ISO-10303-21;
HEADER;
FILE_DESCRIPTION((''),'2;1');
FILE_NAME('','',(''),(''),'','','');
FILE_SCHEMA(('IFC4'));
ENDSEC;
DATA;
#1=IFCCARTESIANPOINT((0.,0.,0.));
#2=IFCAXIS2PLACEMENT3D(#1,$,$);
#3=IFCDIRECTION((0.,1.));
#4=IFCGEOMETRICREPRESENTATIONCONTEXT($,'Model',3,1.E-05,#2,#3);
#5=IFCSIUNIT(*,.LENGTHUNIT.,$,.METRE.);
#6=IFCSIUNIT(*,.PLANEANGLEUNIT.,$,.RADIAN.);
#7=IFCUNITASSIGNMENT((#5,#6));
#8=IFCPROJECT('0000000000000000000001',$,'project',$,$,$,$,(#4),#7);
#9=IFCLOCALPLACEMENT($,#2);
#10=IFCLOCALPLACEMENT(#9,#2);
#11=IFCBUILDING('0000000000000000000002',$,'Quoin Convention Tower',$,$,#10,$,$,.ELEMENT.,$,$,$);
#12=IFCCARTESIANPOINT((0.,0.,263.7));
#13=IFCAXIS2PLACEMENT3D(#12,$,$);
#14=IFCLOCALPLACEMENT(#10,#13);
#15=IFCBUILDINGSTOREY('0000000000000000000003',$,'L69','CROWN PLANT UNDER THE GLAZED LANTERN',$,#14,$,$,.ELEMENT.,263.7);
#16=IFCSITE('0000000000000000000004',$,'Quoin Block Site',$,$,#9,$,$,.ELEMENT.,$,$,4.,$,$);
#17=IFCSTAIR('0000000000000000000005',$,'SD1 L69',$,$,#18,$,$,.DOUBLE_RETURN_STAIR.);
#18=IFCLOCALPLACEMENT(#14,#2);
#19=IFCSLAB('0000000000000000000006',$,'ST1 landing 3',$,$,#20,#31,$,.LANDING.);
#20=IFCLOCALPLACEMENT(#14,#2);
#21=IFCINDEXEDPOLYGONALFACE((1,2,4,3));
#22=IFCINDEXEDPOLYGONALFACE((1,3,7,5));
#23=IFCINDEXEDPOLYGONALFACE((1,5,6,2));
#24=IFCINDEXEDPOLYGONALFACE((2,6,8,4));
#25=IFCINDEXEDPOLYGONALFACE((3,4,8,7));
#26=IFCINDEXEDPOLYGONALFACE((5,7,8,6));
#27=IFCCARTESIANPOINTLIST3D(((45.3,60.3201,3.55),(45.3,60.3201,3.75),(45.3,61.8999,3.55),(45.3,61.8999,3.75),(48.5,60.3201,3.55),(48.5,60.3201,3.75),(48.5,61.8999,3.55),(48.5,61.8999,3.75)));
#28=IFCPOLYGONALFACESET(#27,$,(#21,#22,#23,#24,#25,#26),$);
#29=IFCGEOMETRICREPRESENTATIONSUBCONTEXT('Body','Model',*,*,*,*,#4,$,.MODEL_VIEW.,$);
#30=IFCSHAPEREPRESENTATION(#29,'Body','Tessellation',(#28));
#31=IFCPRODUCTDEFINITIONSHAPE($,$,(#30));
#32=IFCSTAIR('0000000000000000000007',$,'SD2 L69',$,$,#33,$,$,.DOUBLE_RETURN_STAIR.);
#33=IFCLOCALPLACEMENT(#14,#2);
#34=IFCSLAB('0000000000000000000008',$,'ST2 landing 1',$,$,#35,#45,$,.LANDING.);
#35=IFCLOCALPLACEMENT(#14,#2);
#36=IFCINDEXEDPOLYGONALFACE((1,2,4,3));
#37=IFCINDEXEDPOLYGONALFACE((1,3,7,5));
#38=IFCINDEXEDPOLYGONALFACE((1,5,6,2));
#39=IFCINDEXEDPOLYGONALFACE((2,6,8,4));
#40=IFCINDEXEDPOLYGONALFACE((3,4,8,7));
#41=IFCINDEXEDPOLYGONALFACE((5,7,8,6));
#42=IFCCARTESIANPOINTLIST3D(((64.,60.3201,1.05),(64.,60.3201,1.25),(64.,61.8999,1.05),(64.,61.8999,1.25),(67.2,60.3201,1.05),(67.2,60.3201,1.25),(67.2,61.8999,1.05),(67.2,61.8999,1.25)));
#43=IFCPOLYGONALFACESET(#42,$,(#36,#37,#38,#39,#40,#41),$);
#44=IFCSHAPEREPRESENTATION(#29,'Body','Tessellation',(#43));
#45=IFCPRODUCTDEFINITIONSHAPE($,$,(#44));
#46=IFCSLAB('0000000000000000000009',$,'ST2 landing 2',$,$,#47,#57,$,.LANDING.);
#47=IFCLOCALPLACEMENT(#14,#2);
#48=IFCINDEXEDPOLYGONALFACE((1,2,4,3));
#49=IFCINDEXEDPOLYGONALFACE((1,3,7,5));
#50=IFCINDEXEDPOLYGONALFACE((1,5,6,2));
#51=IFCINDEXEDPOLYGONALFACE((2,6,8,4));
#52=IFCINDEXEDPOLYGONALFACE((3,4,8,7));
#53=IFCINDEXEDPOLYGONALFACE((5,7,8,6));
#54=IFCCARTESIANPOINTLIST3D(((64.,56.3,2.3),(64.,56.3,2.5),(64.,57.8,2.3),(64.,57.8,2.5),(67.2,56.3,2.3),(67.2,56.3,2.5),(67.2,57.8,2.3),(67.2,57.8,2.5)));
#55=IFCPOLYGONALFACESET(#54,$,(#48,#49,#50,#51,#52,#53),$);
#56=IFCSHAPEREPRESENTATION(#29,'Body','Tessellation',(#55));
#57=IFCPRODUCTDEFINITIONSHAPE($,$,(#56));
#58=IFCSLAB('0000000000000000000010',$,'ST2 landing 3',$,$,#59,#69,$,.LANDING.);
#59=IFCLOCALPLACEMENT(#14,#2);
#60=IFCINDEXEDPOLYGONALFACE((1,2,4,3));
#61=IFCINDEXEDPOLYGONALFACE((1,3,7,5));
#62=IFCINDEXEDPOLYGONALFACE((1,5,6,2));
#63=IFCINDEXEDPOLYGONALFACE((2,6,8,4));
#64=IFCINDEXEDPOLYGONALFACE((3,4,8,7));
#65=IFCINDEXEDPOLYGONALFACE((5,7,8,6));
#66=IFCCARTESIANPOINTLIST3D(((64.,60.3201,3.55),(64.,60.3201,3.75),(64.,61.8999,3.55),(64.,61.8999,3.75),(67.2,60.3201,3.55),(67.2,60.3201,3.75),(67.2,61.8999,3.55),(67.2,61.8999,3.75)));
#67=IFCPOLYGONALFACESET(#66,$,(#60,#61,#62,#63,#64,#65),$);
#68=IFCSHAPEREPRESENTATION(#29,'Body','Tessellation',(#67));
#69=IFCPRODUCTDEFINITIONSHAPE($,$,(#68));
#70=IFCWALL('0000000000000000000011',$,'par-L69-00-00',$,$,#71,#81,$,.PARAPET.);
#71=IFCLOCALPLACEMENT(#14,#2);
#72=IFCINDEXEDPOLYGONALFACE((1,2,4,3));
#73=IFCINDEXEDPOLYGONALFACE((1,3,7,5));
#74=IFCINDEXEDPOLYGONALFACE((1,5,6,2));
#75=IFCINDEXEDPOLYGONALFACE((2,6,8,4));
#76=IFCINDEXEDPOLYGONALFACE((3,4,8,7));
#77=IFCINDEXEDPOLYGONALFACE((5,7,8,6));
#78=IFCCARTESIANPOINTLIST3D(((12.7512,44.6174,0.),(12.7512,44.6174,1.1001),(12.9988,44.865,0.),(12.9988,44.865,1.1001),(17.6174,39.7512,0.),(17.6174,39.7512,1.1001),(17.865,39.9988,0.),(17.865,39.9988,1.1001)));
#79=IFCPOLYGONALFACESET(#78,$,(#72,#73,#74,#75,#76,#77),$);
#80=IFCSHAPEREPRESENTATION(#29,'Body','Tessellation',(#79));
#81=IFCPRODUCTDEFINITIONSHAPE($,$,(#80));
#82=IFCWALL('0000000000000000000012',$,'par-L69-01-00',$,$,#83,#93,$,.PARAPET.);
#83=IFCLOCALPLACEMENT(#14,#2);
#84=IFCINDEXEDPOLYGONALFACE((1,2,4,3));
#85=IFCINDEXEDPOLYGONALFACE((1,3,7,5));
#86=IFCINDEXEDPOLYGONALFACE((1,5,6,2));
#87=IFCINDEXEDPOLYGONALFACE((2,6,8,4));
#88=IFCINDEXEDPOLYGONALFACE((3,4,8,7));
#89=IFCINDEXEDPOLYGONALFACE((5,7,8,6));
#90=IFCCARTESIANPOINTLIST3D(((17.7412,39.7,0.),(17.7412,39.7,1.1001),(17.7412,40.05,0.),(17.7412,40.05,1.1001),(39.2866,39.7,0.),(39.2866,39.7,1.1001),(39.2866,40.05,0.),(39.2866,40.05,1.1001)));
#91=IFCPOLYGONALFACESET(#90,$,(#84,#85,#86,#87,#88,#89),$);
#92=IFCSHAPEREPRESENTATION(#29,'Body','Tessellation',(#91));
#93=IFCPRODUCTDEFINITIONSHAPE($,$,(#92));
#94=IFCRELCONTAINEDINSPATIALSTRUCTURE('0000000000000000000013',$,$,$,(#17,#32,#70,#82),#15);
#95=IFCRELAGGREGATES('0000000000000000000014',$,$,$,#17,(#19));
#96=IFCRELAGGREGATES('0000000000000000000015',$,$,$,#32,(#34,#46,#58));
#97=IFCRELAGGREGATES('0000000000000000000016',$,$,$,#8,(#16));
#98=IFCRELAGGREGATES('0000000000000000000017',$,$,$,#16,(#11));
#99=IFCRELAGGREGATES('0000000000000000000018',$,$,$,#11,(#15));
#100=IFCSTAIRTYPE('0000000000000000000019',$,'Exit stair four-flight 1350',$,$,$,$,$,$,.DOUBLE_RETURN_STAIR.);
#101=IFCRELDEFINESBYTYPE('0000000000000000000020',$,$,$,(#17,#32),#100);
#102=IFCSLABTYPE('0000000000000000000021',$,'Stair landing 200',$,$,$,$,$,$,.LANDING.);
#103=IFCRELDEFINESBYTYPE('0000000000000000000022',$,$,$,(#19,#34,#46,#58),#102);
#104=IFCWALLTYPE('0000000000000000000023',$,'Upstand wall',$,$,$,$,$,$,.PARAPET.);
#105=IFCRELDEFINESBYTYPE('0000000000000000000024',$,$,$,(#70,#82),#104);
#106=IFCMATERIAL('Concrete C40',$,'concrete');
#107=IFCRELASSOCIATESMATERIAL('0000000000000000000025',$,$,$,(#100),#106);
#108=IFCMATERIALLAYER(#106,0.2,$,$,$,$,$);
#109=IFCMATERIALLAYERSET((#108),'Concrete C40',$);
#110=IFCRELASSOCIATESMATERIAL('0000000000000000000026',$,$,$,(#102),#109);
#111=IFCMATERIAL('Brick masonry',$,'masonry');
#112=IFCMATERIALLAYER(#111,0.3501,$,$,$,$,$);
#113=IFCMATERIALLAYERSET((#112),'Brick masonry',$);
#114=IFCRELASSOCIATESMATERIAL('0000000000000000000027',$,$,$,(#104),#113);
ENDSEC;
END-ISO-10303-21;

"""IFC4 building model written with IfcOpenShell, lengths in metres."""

from ifc_helpers import new_model, si_unit, direction, frame, frame_2d, origin, place, context, subcontext, project, spatial, polyline, rectangle, outline, extrude, material, layer, layer_set, type_object, element, aggregate, save


model = new_model("IFC4")

# Units and contexts
model_context = context("Model", 3, precision=1e-05, world=origin(), true_north=direction((0.0, 1.0)))
body_context = subcontext(model_context, "Body", "Model", "MODEL_VIEW")
ifc_project = project(units=[si_unit("LENGTHUNIT", "METRE"), si_unit("PLANEANGLEUNIT", "RADIAN")], contexts=[model_context])

# Site, building, storey
site_placement = place(None, origin())
site = spatial("IfcSite", under=ifc_project, at=site_placement, Name="Quoin Block Site", CompositionType="ELEMENT", RefElevation=4.0)
building_placement = place(site_placement, origin())
building = spatial("IfcBuilding", under=site, at=building_placement, Name="Quoin Convention Tower", CompositionType="ELEMENT")
storey_placement = place(building_placement, frame((0.0, 0.0, 263.7)))
storey = spatial("IfcBuildingStorey", under=building, at=storey_placement, Name="L69", Description="CROWN PLANT UNDER THE GLAZED LANTERN", CompositionType="ELEMENT", Elevation=263.7)

# Stairs, slabs
ifc_material_1 = material(Name="Concrete C40", Category="concrete")
stair_type = type_object("IfcStairType", Name="Exit stair four-flight 1350", PredefinedType="DOUBLE_RETURN_STAIR", material=ifc_material_1)
stair_1_placement = place(storey_placement, origin())
stair_1 = element("IfcStair", 1, at=stair_1_placement, inside=storey, type_object=stair_type, Name="SD1 L69", PredefinedType="DOUBLE_RETURN_STAIR")
ifc_layer_1 = layer(ifc_material_1, 0.2)
ifc_layer_set_1 = layer_set([ifc_layer_1], Name="Concrete C40")
slab_type_1 = type_object("IfcSlabType", Name="Stair landing 200", PredefinedType="LANDING", material=ifc_layer_set_1)
slab_1_placement = place(storey_placement, frame((0.0, 0.0, 3.55)))
slab_1 = element("IfcSlab", 2, at=slab_1_placement, type_object=slab_type_1, Name="ST1 landing 3", PredefinedType="LANDING", context=body_context, shape_type="SweptSolid", body=[
    extrude(outline(polyline([(45.3, 60.3201), (48.5, 60.3201), (48.5, 61.8999), (45.3, 61.8999), (45.3, 60.3201)])), origin(), (0.0, 0.0, 1.0), 0.2),
])
aggregate(stair_1, [slab_1])
stair_2_placement = place(storey_placement, origin())
stair_2 = element("IfcStair", 3, at=stair_2_placement, inside=storey, type_object=stair_type, Name="SD2 L69", PredefinedType="DOUBLE_RETURN_STAIR")
slab_2_placement = place(storey_placement, frame((0.0, 0.0, 1.05)))
slab_2 = element("IfcSlab", 4, at=slab_2_placement, type_object=slab_type_1, Name="ST2 landing 1", PredefinedType="LANDING", context=body_context, shape_type="SweptSolid", body=[
    extrude(outline(polyline([(64.0, 60.3201), (67.2, 60.3201), (67.2, 61.8999), (64.0, 61.8999), (64.0, 60.3201)])), origin(), (0.0, 0.0, 1.0), 0.2),
])
slab_3_placement = place(storey_placement, frame((0.0, 0.0, 2.3)))
slab_3 = element("IfcSlab", 5, at=slab_3_placement, type_object=slab_type_1, Name="ST2 landing 2", PredefinedType="LANDING", context=body_context, shape_type="SweptSolid", body=[
    extrude(outline(polyline([(64.0, 56.3), (67.2, 56.3), (67.2, 57.8), (64.0, 57.8), (64.0, 56.3)])), origin(), (0.0, 0.0, 1.0), 0.2),
])
slab_4_placement = place(storey_placement, frame((0.0, 0.0, 3.55)))
slab_4 = element("IfcSlab", 6, at=slab_4_placement, type_object=slab_type_1, Name="ST2 landing 3", PredefinedType="LANDING", context=body_context, shape_type="SweptSolid", body=[
    extrude(outline(polyline([(64.0, 60.3201), (67.2, 60.3201), (67.2, 61.8999), (64.0, 61.8999), (64.0, 60.3201)])), origin(), (0.0, 0.0, 1.0), 0.2),
])
aggregate(stair_2, [slab_2, slab_3, slab_4])

# Walls
ifc_material_2 = material(Name="Brick masonry", Category="masonry")
ifc_layer_2 = layer(ifc_material_2, 0.3501)
ifc_layer_set_2 = layer_set([ifc_layer_2], Name="Brick masonry")
wall_type = type_object("IfcWallType", Name="Upstand wall", PredefinedType="PARAPET", material=ifc_layer_set_2)
wall_1_placement = place(storey_placement, frame((17.7412, 39.875, 0.0), z_axis=(0.0, 0.0, 1.0), x_axis=(-0.707107, 0.707107, 0.0)))
element("IfcWall", 7, at=wall_1_placement, inside=storey, type_object=wall_type, Name="par-L69-00-00", PredefinedType="PARAPET", context=body_context, shape_type="SweptSolid", body=[
    extrude(rectangle(XDim=6.8818, YDim=0.3501, at=frame_2d((3.4409, 0.0))), origin(), (0.0, 0.0, 1.0), 1.1001),
])
wall_2_placement = place(storey_placement, frame((39.2866, 39.875, 0.0), z_axis=(0.0, 0.0, 1.0), x_axis=(-1.0, 0.0, 0.0)))
element("IfcWall", 8, at=wall_2_placement, inside=storey, type_object=wall_type, Name="par-L69-01-00", PredefinedType="PARAPET", context=body_context, shape_type="SweptSolid", body=[
    extrude(rectangle(XDim=21.5454, YDim=0.3501, at=frame_2d((10.7727, 0.0))), origin(), (0.0, 0.0, 1.0), 1.1001),
])

save(model, "model.ifc")
